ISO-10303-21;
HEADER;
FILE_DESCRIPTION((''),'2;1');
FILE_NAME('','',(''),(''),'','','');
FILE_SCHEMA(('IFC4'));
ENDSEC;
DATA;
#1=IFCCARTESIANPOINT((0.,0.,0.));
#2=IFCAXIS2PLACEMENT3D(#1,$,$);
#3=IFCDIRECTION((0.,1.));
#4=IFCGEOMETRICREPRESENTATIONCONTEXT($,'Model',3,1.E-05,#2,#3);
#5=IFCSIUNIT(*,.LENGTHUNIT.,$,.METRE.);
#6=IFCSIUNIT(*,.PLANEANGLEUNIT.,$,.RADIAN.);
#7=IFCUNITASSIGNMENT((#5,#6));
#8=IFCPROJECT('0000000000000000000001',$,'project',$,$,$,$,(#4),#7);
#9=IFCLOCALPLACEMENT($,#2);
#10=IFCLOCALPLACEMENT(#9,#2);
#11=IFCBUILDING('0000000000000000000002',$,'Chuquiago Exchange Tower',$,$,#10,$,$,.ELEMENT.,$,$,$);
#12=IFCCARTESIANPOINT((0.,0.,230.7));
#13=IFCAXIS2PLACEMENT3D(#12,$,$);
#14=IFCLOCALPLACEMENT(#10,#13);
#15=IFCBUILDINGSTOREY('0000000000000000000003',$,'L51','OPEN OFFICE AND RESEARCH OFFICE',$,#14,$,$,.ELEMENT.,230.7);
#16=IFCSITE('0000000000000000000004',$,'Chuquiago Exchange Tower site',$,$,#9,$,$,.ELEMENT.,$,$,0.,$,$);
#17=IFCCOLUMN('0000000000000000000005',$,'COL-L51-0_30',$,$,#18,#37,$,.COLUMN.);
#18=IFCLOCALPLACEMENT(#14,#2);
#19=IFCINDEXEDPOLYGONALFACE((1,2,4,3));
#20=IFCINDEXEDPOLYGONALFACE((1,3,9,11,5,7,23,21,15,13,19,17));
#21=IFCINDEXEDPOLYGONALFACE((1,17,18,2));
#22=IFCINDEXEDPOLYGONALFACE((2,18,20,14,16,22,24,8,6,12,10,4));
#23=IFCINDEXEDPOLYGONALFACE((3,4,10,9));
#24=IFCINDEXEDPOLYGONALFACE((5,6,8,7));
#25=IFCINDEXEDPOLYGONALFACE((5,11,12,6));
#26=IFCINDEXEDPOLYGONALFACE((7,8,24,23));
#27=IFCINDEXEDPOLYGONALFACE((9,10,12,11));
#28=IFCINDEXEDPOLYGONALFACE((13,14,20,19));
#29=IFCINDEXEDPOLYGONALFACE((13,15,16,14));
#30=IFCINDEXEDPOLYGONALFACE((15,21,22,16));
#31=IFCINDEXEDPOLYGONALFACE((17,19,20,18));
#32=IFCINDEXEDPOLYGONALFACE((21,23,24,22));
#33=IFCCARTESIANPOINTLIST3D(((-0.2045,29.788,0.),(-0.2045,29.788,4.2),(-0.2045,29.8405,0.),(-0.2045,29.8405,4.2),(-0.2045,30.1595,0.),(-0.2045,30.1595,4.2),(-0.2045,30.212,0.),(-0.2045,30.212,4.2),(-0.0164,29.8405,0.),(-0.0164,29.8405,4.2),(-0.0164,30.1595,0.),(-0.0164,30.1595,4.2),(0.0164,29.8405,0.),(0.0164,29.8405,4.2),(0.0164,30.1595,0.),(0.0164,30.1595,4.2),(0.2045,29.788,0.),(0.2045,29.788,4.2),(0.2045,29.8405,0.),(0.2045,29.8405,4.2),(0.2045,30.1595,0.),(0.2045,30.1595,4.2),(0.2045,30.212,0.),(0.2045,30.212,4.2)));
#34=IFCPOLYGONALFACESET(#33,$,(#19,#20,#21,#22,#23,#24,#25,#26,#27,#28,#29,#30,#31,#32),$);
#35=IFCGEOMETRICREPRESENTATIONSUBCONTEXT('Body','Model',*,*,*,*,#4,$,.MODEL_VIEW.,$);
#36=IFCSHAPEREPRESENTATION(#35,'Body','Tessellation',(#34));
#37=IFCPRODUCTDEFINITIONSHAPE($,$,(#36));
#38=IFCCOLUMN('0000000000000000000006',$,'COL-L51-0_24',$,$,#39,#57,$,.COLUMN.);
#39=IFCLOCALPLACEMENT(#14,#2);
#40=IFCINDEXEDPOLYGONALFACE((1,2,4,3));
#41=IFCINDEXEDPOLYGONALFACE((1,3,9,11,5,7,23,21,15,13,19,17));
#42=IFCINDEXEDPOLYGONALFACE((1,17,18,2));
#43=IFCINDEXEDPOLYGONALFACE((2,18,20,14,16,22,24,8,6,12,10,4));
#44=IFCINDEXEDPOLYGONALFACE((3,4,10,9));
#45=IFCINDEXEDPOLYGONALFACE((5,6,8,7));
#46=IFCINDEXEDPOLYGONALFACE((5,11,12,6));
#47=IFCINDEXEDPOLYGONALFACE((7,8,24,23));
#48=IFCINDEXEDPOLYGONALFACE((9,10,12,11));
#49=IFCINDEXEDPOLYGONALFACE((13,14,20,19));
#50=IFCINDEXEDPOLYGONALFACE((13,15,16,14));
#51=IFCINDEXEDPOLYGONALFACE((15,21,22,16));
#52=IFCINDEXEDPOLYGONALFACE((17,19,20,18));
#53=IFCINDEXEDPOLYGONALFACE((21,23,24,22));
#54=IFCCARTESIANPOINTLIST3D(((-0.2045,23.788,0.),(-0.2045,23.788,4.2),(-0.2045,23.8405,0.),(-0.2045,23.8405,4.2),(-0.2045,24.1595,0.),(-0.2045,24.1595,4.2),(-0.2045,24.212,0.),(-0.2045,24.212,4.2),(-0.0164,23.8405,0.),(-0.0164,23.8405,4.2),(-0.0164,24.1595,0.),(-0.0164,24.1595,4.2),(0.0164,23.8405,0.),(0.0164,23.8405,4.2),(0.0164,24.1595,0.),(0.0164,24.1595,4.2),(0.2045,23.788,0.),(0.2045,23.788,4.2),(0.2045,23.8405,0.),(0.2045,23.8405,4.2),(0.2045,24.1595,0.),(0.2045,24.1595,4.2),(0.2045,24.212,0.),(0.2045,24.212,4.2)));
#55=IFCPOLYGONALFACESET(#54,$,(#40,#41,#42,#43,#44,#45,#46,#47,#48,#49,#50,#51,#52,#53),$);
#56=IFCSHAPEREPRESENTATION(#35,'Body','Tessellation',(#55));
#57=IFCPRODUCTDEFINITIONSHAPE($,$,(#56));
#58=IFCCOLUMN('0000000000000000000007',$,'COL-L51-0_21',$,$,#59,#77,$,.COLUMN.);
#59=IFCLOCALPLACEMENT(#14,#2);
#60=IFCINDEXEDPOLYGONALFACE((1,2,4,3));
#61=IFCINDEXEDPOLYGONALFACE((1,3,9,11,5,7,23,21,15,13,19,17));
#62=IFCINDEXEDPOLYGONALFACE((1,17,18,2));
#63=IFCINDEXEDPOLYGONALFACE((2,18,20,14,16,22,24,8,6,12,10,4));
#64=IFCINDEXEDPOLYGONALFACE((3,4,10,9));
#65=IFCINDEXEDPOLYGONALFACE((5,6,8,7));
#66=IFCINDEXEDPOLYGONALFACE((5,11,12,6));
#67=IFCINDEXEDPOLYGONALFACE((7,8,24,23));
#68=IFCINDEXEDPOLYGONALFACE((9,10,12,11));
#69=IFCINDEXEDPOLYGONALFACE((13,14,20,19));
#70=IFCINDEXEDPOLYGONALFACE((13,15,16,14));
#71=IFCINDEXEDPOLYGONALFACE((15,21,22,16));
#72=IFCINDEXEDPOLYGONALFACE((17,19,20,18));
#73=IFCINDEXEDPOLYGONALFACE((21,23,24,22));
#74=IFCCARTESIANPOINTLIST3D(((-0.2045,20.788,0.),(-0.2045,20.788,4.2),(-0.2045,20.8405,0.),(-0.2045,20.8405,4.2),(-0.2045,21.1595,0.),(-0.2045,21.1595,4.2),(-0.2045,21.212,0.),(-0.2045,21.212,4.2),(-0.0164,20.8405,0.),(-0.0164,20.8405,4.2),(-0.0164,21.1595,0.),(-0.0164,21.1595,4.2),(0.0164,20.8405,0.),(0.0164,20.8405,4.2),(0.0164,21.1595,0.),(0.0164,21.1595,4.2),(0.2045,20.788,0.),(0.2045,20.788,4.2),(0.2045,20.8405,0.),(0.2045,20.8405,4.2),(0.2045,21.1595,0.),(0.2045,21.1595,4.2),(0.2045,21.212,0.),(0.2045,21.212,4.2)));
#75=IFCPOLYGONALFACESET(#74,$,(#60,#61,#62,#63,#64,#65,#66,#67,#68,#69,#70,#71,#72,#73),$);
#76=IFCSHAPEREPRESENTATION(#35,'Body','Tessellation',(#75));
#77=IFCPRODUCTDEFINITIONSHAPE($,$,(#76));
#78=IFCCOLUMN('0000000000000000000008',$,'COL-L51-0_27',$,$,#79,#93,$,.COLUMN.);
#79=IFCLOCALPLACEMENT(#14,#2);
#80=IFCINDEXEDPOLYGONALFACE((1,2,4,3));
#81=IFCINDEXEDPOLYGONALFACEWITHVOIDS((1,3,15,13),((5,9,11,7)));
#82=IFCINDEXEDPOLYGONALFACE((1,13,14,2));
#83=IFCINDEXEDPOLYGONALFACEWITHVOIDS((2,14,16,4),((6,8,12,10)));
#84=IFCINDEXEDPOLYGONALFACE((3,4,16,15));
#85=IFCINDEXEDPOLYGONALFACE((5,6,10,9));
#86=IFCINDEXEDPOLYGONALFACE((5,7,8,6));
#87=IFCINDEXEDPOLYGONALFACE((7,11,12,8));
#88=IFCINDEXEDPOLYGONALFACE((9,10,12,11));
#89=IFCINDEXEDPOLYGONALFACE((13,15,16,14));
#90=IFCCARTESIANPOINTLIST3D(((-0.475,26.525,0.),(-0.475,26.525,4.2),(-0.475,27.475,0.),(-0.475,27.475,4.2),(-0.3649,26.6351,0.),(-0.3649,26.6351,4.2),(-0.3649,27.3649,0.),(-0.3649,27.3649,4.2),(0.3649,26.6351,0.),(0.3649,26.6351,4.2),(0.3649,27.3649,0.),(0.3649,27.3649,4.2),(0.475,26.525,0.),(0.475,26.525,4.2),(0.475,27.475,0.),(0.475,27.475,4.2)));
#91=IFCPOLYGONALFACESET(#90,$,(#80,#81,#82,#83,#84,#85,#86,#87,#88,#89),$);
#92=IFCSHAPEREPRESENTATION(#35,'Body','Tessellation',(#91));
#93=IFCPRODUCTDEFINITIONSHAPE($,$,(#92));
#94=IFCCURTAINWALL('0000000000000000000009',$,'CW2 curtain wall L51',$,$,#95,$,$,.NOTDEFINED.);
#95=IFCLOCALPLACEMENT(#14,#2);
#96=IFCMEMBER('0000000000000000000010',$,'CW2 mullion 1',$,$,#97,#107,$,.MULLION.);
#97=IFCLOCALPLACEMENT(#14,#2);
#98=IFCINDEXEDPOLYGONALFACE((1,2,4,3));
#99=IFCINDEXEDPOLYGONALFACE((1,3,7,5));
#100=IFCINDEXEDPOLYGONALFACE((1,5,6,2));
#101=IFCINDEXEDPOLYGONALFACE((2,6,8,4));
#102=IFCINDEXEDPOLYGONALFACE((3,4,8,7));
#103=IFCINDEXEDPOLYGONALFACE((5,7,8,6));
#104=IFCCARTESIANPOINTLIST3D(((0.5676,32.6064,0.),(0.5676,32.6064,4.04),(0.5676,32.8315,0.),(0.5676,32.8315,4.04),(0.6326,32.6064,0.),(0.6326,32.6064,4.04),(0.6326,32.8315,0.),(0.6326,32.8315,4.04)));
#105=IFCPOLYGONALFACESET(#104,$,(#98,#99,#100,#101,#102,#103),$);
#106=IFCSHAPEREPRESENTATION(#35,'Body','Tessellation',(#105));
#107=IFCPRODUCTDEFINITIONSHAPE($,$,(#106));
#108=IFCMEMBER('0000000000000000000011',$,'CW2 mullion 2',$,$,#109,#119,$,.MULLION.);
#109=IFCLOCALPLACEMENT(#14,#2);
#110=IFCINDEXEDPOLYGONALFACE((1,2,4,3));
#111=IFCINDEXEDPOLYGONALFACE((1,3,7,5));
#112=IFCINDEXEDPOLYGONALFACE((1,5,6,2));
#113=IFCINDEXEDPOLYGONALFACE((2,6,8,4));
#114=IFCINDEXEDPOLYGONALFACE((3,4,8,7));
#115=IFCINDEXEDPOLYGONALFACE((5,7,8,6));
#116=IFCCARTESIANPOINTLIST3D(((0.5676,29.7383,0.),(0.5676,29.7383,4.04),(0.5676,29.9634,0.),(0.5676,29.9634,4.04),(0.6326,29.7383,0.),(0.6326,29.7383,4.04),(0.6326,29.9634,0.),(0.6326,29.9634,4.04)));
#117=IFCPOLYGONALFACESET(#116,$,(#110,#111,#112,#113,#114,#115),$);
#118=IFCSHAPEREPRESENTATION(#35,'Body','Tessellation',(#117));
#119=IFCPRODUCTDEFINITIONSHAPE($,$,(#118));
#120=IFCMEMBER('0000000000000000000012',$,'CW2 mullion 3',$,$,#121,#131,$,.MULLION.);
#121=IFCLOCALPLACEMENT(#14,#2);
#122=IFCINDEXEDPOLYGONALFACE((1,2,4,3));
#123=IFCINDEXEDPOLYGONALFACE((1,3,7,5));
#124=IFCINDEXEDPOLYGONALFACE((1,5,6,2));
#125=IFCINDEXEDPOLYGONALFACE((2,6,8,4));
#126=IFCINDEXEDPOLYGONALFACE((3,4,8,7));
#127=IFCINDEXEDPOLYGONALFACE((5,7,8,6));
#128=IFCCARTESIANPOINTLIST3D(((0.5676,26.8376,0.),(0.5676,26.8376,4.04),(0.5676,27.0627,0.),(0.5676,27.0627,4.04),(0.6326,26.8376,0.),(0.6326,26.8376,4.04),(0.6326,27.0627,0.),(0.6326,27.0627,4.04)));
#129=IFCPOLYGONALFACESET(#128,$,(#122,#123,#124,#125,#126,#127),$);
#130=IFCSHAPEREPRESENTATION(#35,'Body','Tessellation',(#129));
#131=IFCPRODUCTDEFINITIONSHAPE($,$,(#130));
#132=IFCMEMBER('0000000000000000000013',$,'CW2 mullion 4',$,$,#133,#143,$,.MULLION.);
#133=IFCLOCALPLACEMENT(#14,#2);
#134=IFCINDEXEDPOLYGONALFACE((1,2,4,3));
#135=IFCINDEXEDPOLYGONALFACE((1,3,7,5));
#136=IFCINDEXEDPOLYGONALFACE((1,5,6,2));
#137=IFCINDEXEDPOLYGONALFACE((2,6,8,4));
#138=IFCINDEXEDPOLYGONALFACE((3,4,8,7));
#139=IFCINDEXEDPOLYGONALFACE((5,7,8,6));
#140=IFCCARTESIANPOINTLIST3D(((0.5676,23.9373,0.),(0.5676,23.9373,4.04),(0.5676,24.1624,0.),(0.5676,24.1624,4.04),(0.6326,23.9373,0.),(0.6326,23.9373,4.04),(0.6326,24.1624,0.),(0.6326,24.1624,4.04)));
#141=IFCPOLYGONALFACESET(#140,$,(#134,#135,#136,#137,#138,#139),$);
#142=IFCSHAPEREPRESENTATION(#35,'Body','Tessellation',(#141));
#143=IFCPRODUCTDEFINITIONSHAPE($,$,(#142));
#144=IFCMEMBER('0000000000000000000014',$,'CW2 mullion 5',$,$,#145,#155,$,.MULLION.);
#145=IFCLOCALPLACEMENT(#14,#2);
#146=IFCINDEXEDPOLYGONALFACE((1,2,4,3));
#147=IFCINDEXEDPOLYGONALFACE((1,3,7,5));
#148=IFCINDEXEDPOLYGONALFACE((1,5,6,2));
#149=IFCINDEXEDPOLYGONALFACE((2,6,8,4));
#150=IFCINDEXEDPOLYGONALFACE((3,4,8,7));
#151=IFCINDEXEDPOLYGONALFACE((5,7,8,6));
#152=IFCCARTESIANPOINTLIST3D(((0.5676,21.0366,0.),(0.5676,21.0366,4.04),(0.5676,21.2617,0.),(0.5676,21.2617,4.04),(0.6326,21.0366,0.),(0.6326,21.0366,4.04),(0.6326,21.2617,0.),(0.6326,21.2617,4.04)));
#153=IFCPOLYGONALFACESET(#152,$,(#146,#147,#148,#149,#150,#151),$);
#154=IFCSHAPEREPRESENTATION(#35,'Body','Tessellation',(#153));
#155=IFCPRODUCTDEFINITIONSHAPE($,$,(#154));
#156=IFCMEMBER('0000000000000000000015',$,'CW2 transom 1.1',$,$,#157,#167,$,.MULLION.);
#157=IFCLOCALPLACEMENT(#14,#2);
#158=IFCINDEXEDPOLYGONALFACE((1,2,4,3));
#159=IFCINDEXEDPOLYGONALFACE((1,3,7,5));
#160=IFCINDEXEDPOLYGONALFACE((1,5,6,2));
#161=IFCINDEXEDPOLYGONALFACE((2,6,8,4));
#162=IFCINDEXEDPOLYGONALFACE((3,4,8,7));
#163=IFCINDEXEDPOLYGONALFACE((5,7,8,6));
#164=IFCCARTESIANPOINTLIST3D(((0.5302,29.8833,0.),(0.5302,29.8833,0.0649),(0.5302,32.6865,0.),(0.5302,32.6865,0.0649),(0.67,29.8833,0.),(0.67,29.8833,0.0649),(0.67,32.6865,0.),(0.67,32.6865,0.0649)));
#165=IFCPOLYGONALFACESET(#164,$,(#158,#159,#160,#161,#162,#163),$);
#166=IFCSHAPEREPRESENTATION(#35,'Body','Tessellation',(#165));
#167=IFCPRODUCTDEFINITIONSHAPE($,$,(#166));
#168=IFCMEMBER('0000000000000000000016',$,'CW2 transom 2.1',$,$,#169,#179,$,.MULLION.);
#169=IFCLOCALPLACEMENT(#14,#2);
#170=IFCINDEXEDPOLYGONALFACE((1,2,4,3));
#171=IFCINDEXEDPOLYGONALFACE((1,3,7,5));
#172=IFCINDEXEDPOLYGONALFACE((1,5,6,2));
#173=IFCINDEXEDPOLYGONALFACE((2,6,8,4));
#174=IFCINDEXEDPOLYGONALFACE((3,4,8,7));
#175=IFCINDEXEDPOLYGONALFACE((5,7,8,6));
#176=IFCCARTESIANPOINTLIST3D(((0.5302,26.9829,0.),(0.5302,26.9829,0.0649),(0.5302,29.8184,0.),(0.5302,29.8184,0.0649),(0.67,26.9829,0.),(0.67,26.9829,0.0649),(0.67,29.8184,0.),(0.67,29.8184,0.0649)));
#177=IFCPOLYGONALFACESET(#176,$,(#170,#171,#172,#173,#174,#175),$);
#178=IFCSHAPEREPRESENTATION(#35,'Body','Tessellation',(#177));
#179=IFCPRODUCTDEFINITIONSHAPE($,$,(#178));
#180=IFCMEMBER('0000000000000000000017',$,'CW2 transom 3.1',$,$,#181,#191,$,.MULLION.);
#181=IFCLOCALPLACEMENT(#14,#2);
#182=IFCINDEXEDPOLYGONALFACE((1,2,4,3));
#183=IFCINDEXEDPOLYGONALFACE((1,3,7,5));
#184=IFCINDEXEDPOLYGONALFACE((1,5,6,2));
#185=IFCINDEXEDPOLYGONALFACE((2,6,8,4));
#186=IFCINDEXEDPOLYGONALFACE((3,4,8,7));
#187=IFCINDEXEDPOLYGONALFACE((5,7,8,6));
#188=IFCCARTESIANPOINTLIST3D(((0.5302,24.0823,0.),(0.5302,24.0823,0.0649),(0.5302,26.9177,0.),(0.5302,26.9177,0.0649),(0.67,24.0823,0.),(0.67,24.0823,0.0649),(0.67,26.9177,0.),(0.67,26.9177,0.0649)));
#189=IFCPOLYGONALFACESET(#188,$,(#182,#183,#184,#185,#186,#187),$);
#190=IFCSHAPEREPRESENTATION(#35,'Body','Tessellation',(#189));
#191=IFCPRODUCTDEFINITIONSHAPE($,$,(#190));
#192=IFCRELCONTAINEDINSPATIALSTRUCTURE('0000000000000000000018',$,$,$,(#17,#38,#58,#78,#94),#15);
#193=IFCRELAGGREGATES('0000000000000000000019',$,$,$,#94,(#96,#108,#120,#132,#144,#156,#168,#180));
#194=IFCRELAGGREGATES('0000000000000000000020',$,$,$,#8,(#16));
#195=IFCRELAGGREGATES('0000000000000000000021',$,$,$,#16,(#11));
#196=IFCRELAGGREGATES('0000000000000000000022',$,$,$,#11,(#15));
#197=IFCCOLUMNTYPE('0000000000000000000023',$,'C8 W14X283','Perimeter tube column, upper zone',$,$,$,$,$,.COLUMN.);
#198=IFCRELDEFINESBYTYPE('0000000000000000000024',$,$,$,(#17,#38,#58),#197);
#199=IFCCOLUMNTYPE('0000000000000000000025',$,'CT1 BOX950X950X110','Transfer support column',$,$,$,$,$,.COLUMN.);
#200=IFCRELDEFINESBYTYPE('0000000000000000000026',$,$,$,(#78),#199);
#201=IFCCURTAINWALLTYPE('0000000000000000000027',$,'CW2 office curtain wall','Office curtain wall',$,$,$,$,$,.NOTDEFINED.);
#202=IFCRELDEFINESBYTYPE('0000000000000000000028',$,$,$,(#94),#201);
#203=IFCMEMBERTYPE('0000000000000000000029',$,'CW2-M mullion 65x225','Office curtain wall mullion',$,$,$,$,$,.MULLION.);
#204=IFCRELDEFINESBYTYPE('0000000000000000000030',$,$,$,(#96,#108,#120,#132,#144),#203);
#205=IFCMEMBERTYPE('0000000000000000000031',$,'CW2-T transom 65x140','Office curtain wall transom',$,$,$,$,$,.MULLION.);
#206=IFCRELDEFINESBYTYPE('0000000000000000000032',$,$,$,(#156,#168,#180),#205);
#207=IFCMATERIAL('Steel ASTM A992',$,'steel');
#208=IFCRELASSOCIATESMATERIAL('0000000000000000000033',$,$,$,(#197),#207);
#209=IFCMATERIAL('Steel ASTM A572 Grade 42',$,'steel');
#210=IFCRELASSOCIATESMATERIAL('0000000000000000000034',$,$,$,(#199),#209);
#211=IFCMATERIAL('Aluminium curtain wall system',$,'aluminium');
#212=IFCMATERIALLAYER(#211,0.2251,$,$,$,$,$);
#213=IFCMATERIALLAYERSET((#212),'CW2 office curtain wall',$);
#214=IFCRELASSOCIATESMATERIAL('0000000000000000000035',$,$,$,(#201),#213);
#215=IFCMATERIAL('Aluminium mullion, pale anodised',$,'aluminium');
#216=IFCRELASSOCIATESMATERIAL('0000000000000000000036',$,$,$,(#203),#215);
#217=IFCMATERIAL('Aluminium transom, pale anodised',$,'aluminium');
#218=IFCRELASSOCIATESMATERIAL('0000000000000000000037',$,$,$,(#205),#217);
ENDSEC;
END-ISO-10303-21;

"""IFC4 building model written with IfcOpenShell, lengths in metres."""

from ifc_helpers import new_model, si_unit, direction, frame, origin, origin_2d, place, context, subcontext, project, spatial, rectangle, hollow_rectangle, i_section, extrude, material, layer, layer_set, material_profile, profile_set, type_object, element, aggregate, save


model = new_model("IFC4")

# Units and contexts
model_context = context("Model", 3, precision=1e-05, world=origin(), true_north=direction((0.0, 1.0)))
body_context = subcontext(model_context, "Body", "Model", "MODEL_VIEW")
ifc_project = project(units=[si_unit("LENGTHUNIT", "METRE"), si_unit("PLANEANGLEUNIT", "RADIAN")], contexts=[model_context])

# Site, building, storey
site_placement = place(None, origin())
site = spatial("IfcSite", under=ifc_project, at=site_placement, Name="Chuquiago Exchange Tower site", CompositionType="ELEMENT", RefElevation=0.0)
building_placement = place(site_placement, origin())
building = spatial("IfcBuilding", under=site, at=building_placement, Name="Chuquiago Exchange Tower", CompositionType="ELEMENT")
storey_placement = place(building_placement, frame((0.0, 0.0, 230.7)))
storey = spatial("IfcBuildingStorey", under=building, at=storey_placement, Name="L51", Description="OPEN OFFICE AND RESEARCH OFFICE", CompositionType="ELEMENT", Elevation=230.7)

# Columns
ifc_material_1 = material(Name="Steel ASTM A992", Category="steel")
ifc_material_profile_1 = material_profile(ifc_material_1, i_section(OverallWidth=0.4089, OverallDepth=0.4241, WebThickness=0.0327, FlangeThickness=0.0525, at=origin_2d()), Name="W14X283")
ifc_profile_set_1 = profile_set([ifc_material_profile_1], Name="Steel ASTM A992")
column_type_1 = type_object("IfcColumnType", Name="C8 W14X283", Description="Perimeter tube column, upper zone", PredefinedType="COLUMN", material=ifc_profile_set_1)
for number, where, z_axis, x_axis, name in (
    (1, (0.0, 30.0, 0.0), (0.0, 0.0, 1.0), (-1.0, 0.0, 0.0), "COL-L51-0_30"),
    (2, (0.0, 24.0, 0.0), (0.0, 0.0, 1.0), (-1.0, 0.0, 0.0), "COL-L51-0_24"),
    (3, (0.0, 21.0, 0.0), (0.0, 0.0, 1.0), (-1.0, 0.0, 0.0), "COL-L51-0_21"),
):
    element("IfcColumn", number, at=place(storey_placement, frame(where, z_axis=z_axis, x_axis=x_axis)), inside=storey, type_object=column_type_1, Name=name, PredefinedType="COLUMN", context=body_context, shape_type="SweptSolid", body=[
        extrude(i_section(OverallWidth=0.4089, OverallDepth=0.4241, WebThickness=0.0327, FlangeThickness=0.0525, at=origin_2d()), origin(), (0.0, 0.0, 1.0), 4.2),
    ])
ifc_material_2 = material(Name="Steel ASTM A572 Grade 42", Category="steel")
ifc_material_profile_2 = material_profile(ifc_material_2, hollow_rectangle(XDim=0.95, YDim=0.95, WallThickness=0.1101, at=origin_2d()), Name="BOX950X950X110")
ifc_profile_set_2 = profile_set([ifc_material_profile_2], Name="Steel ASTM A572 Grade 42")
column_type_2 = type_object("IfcColumnType", Name="CT1 BOX950X950X110", Description="Transfer support column", PredefinedType="COLUMN", material=ifc_profile_set_2)
column_placement = place(storey_placement, frame((0.0, 27.0, 0.0), z_axis=(0.0, 0.0, 1.0), x_axis=(-1.0, 0.0, 0.0)))
element("IfcColumn", 4, at=column_placement, inside=storey, type_object=column_type_2, Name="COL-L51-0_27", PredefinedType="COLUMN", context=body_context, shape_type="SweptSolid", body=[
    extrude(hollow_rectangle(XDim=0.95, YDim=0.95, WallThickness=0.1101, at=origin_2d()), origin(), (0.0, 0.0, 1.0), 4.2),
])

# Curtain wall, members
ifc_material_3 = material(Name="Aluminium curtain wall system", Category="aluminium")
ifc_layer_1 = layer(ifc_material_3, 0.2251)
ifc_layer_set_1 = layer_set([ifc_layer_1], Name="CW2 office curtain wall")
curtain_wall_type = type_object("IfcCurtainWallType", Name="CW2 office curtain wall", Description="Office curtain wall", PredefinedType="NOTDEFINED", material=ifc_layer_set_1)
curtain_wall_placement = place(storey_placement, origin())
curtain_wall = element("IfcCurtainWall", 5, at=curtain_wall_placement, inside=storey, type_object=curtain_wall_type, Name="CW2 curtain wall L51", PredefinedType="NOTDEFINED")
ifc_material_4 = material(Name="Aluminium mullion, pale anodised", Category="aluminium")
ifc_material_profile_3 = material_profile(ifc_material_4, rectangle(XDim=0.0649, YDim=0.2251, at=origin_2d()), Name="AL 65x225")
ifc_profile_set_3 = profile_set([ifc_material_profile_3], Name="Aluminium mullion, pale anodised")
member_type_1 = type_object("IfcMemberType", Name="CW2-M mullion 65x225", Description="Office curtain wall mullion", PredefinedType="MULLION", material=ifc_profile_set_3)
member_1_placement = place(storey_placement, frame((0.6001, 32.719, 0.0), z_axis=(0.0, 0.0, 1.0), x_axis=(1.0, 0.0, 0.0)))
member_1 = element("IfcMember", 6, at=member_1_placement, type_object=member_type_1, Name="CW2 mullion 1", PredefinedType="MULLION", context=body_context, shape_type="SweptSolid", body=[
    extrude(rectangle(XDim=0.0649, YDim=0.2251, at=origin_2d()), origin(), (0.0, 0.0, 1.0), 4.04),
])
member_2_placement = place(storey_placement, frame((0.6001, 29.8508, 0.0), z_axis=(0.0, 0.0, 1.0), x_axis=(1.0, 0.0, 0.0)))
member_2 = element("IfcMember", 7, at=member_2_placement, type_object=member_type_1, Name="CW2 mullion 2", PredefinedType="MULLION", context=body_context, shape_type="SweptSolid", body=[
    extrude(rectangle(XDim=0.0649, YDim=0.2251, at=origin_2d()), origin(), (0.0, 0.0, 1.0), 4.04),
])
member_3_placement = place(storey_placement, frame((0.6001, 26.9502, 0.0), z_axis=(0.0, 0.0, 1.0), x_axis=(1.0, 0.0, 0.0)))
member_3 = element("IfcMember", 8, at=member_3_placement, type_object=member_type_1, Name="CW2 mullion 3", PredefinedType="MULLION", context=body_context, shape_type="SweptSolid", body=[
    extrude(rectangle(XDim=0.0649, YDim=0.2251, at=origin_2d()), origin(), (0.0, 0.0, 1.0), 4.04),
])
member_4_placement = place(storey_placement, frame((0.6001, 24.0498, 0.0), z_axis=(0.0, 0.0, 1.0), x_axis=(1.0, 0.0, 0.0)))
member_4 = element("IfcMember", 9, at=member_4_placement, type_object=member_type_1, Name="CW2 mullion 4", PredefinedType="MULLION", context=body_context, shape_type="SweptSolid", body=[
    extrude(rectangle(XDim=0.0649, YDim=0.2251, at=origin_2d()), origin(), (0.0, 0.0, 1.0), 4.04),
])
member_5_placement = place(storey_placement, frame((0.6001, 21.1492, 0.0), z_axis=(0.0, 0.0, 1.0), x_axis=(1.0, 0.0, 0.0)))
member_5 = element("IfcMember", 10, at=member_5_placement, type_object=member_type_1, Name="CW2 mullion 5", PredefinedType="MULLION", context=body_context, shape_type="SweptSolid", body=[
    extrude(rectangle(XDim=0.0649, YDim=0.2251, at=origin_2d()), origin(), (0.0, 0.0, 1.0), 4.04),
])
ifc_material_5 = material(Name="Aluminium transom, pale anodised", Category="aluminium")
ifc_material_profile_4 = material_profile(ifc_material_5, rectangle(XDim=0.1399, YDim=0.0649, at=origin_2d()), Name="AL 140x65")
ifc_profile_set_4 = profile_set([ifc_material_profile_4], Name="Aluminium transom, pale anodised")
member_type_2 = type_object("IfcMemberType", Name="CW2-T transom 65x140", Description="Office curtain wall transom", PredefinedType="MULLION", material=ifc_profile_set_4)
member_6_placement = place(storey_placement, frame((0.6001, 32.6865, 0.0325), z_axis=(0.0, -1.0, 0.0), x_axis=(1.0, 0.0, 0.0)))
member_6 = element("IfcMember", 11, at=member_6_placement, type_object=member_type_2, Name="CW2 transom 1.1", PredefinedType="MULLION", context=body_context, shape_type="SweptSolid", body=[
    extrude(rectangle(XDim=0.1399, YDim=0.0649, at=origin_2d()), origin(), (0.0, 0.0, 1.0), 2.8032),
])
member_7_placement = place(storey_placement, frame((0.6001, 29.8184, 0.0325), z_axis=(0.0, -1.0, 0.0), x_axis=(1.0, 0.0, 0.0)))
member_7 = element("IfcMember", 12, at=member_7_placement, type_object=member_type_2, Name="CW2 transom 2.1", PredefinedType="MULLION", context=body_context, shape_type="SweptSolid", body=[
    extrude(rectangle(XDim=0.1399, YDim=0.0649, at=origin_2d()), origin(), (0.0, 0.0, 1.0), 2.8354),
])
member_8_placement = place(storey_placement, frame((0.6001, 26.9177, 0.0325), z_axis=(0.0, -1.0, 0.0), x_axis=(1.0, 0.0, 0.0)))
member_8 = element("IfcMember", 13, at=member_8_placement, type_object=member_type_2, Name="CW2 transom 3.1", PredefinedType="MULLION", context=body_context, shape_type="SweptSolid", body=[
    extrude(rectangle(XDim=0.1399, YDim=0.0649, at=origin_2d()), origin(), (0.0, 0.0, 1.0), 2.8354),
])

aggregate(curtain_wall, [member_1, member_2, member_3, member_4, member_5, member_6, member_7, member_8])

save(model, "model.ifc")
